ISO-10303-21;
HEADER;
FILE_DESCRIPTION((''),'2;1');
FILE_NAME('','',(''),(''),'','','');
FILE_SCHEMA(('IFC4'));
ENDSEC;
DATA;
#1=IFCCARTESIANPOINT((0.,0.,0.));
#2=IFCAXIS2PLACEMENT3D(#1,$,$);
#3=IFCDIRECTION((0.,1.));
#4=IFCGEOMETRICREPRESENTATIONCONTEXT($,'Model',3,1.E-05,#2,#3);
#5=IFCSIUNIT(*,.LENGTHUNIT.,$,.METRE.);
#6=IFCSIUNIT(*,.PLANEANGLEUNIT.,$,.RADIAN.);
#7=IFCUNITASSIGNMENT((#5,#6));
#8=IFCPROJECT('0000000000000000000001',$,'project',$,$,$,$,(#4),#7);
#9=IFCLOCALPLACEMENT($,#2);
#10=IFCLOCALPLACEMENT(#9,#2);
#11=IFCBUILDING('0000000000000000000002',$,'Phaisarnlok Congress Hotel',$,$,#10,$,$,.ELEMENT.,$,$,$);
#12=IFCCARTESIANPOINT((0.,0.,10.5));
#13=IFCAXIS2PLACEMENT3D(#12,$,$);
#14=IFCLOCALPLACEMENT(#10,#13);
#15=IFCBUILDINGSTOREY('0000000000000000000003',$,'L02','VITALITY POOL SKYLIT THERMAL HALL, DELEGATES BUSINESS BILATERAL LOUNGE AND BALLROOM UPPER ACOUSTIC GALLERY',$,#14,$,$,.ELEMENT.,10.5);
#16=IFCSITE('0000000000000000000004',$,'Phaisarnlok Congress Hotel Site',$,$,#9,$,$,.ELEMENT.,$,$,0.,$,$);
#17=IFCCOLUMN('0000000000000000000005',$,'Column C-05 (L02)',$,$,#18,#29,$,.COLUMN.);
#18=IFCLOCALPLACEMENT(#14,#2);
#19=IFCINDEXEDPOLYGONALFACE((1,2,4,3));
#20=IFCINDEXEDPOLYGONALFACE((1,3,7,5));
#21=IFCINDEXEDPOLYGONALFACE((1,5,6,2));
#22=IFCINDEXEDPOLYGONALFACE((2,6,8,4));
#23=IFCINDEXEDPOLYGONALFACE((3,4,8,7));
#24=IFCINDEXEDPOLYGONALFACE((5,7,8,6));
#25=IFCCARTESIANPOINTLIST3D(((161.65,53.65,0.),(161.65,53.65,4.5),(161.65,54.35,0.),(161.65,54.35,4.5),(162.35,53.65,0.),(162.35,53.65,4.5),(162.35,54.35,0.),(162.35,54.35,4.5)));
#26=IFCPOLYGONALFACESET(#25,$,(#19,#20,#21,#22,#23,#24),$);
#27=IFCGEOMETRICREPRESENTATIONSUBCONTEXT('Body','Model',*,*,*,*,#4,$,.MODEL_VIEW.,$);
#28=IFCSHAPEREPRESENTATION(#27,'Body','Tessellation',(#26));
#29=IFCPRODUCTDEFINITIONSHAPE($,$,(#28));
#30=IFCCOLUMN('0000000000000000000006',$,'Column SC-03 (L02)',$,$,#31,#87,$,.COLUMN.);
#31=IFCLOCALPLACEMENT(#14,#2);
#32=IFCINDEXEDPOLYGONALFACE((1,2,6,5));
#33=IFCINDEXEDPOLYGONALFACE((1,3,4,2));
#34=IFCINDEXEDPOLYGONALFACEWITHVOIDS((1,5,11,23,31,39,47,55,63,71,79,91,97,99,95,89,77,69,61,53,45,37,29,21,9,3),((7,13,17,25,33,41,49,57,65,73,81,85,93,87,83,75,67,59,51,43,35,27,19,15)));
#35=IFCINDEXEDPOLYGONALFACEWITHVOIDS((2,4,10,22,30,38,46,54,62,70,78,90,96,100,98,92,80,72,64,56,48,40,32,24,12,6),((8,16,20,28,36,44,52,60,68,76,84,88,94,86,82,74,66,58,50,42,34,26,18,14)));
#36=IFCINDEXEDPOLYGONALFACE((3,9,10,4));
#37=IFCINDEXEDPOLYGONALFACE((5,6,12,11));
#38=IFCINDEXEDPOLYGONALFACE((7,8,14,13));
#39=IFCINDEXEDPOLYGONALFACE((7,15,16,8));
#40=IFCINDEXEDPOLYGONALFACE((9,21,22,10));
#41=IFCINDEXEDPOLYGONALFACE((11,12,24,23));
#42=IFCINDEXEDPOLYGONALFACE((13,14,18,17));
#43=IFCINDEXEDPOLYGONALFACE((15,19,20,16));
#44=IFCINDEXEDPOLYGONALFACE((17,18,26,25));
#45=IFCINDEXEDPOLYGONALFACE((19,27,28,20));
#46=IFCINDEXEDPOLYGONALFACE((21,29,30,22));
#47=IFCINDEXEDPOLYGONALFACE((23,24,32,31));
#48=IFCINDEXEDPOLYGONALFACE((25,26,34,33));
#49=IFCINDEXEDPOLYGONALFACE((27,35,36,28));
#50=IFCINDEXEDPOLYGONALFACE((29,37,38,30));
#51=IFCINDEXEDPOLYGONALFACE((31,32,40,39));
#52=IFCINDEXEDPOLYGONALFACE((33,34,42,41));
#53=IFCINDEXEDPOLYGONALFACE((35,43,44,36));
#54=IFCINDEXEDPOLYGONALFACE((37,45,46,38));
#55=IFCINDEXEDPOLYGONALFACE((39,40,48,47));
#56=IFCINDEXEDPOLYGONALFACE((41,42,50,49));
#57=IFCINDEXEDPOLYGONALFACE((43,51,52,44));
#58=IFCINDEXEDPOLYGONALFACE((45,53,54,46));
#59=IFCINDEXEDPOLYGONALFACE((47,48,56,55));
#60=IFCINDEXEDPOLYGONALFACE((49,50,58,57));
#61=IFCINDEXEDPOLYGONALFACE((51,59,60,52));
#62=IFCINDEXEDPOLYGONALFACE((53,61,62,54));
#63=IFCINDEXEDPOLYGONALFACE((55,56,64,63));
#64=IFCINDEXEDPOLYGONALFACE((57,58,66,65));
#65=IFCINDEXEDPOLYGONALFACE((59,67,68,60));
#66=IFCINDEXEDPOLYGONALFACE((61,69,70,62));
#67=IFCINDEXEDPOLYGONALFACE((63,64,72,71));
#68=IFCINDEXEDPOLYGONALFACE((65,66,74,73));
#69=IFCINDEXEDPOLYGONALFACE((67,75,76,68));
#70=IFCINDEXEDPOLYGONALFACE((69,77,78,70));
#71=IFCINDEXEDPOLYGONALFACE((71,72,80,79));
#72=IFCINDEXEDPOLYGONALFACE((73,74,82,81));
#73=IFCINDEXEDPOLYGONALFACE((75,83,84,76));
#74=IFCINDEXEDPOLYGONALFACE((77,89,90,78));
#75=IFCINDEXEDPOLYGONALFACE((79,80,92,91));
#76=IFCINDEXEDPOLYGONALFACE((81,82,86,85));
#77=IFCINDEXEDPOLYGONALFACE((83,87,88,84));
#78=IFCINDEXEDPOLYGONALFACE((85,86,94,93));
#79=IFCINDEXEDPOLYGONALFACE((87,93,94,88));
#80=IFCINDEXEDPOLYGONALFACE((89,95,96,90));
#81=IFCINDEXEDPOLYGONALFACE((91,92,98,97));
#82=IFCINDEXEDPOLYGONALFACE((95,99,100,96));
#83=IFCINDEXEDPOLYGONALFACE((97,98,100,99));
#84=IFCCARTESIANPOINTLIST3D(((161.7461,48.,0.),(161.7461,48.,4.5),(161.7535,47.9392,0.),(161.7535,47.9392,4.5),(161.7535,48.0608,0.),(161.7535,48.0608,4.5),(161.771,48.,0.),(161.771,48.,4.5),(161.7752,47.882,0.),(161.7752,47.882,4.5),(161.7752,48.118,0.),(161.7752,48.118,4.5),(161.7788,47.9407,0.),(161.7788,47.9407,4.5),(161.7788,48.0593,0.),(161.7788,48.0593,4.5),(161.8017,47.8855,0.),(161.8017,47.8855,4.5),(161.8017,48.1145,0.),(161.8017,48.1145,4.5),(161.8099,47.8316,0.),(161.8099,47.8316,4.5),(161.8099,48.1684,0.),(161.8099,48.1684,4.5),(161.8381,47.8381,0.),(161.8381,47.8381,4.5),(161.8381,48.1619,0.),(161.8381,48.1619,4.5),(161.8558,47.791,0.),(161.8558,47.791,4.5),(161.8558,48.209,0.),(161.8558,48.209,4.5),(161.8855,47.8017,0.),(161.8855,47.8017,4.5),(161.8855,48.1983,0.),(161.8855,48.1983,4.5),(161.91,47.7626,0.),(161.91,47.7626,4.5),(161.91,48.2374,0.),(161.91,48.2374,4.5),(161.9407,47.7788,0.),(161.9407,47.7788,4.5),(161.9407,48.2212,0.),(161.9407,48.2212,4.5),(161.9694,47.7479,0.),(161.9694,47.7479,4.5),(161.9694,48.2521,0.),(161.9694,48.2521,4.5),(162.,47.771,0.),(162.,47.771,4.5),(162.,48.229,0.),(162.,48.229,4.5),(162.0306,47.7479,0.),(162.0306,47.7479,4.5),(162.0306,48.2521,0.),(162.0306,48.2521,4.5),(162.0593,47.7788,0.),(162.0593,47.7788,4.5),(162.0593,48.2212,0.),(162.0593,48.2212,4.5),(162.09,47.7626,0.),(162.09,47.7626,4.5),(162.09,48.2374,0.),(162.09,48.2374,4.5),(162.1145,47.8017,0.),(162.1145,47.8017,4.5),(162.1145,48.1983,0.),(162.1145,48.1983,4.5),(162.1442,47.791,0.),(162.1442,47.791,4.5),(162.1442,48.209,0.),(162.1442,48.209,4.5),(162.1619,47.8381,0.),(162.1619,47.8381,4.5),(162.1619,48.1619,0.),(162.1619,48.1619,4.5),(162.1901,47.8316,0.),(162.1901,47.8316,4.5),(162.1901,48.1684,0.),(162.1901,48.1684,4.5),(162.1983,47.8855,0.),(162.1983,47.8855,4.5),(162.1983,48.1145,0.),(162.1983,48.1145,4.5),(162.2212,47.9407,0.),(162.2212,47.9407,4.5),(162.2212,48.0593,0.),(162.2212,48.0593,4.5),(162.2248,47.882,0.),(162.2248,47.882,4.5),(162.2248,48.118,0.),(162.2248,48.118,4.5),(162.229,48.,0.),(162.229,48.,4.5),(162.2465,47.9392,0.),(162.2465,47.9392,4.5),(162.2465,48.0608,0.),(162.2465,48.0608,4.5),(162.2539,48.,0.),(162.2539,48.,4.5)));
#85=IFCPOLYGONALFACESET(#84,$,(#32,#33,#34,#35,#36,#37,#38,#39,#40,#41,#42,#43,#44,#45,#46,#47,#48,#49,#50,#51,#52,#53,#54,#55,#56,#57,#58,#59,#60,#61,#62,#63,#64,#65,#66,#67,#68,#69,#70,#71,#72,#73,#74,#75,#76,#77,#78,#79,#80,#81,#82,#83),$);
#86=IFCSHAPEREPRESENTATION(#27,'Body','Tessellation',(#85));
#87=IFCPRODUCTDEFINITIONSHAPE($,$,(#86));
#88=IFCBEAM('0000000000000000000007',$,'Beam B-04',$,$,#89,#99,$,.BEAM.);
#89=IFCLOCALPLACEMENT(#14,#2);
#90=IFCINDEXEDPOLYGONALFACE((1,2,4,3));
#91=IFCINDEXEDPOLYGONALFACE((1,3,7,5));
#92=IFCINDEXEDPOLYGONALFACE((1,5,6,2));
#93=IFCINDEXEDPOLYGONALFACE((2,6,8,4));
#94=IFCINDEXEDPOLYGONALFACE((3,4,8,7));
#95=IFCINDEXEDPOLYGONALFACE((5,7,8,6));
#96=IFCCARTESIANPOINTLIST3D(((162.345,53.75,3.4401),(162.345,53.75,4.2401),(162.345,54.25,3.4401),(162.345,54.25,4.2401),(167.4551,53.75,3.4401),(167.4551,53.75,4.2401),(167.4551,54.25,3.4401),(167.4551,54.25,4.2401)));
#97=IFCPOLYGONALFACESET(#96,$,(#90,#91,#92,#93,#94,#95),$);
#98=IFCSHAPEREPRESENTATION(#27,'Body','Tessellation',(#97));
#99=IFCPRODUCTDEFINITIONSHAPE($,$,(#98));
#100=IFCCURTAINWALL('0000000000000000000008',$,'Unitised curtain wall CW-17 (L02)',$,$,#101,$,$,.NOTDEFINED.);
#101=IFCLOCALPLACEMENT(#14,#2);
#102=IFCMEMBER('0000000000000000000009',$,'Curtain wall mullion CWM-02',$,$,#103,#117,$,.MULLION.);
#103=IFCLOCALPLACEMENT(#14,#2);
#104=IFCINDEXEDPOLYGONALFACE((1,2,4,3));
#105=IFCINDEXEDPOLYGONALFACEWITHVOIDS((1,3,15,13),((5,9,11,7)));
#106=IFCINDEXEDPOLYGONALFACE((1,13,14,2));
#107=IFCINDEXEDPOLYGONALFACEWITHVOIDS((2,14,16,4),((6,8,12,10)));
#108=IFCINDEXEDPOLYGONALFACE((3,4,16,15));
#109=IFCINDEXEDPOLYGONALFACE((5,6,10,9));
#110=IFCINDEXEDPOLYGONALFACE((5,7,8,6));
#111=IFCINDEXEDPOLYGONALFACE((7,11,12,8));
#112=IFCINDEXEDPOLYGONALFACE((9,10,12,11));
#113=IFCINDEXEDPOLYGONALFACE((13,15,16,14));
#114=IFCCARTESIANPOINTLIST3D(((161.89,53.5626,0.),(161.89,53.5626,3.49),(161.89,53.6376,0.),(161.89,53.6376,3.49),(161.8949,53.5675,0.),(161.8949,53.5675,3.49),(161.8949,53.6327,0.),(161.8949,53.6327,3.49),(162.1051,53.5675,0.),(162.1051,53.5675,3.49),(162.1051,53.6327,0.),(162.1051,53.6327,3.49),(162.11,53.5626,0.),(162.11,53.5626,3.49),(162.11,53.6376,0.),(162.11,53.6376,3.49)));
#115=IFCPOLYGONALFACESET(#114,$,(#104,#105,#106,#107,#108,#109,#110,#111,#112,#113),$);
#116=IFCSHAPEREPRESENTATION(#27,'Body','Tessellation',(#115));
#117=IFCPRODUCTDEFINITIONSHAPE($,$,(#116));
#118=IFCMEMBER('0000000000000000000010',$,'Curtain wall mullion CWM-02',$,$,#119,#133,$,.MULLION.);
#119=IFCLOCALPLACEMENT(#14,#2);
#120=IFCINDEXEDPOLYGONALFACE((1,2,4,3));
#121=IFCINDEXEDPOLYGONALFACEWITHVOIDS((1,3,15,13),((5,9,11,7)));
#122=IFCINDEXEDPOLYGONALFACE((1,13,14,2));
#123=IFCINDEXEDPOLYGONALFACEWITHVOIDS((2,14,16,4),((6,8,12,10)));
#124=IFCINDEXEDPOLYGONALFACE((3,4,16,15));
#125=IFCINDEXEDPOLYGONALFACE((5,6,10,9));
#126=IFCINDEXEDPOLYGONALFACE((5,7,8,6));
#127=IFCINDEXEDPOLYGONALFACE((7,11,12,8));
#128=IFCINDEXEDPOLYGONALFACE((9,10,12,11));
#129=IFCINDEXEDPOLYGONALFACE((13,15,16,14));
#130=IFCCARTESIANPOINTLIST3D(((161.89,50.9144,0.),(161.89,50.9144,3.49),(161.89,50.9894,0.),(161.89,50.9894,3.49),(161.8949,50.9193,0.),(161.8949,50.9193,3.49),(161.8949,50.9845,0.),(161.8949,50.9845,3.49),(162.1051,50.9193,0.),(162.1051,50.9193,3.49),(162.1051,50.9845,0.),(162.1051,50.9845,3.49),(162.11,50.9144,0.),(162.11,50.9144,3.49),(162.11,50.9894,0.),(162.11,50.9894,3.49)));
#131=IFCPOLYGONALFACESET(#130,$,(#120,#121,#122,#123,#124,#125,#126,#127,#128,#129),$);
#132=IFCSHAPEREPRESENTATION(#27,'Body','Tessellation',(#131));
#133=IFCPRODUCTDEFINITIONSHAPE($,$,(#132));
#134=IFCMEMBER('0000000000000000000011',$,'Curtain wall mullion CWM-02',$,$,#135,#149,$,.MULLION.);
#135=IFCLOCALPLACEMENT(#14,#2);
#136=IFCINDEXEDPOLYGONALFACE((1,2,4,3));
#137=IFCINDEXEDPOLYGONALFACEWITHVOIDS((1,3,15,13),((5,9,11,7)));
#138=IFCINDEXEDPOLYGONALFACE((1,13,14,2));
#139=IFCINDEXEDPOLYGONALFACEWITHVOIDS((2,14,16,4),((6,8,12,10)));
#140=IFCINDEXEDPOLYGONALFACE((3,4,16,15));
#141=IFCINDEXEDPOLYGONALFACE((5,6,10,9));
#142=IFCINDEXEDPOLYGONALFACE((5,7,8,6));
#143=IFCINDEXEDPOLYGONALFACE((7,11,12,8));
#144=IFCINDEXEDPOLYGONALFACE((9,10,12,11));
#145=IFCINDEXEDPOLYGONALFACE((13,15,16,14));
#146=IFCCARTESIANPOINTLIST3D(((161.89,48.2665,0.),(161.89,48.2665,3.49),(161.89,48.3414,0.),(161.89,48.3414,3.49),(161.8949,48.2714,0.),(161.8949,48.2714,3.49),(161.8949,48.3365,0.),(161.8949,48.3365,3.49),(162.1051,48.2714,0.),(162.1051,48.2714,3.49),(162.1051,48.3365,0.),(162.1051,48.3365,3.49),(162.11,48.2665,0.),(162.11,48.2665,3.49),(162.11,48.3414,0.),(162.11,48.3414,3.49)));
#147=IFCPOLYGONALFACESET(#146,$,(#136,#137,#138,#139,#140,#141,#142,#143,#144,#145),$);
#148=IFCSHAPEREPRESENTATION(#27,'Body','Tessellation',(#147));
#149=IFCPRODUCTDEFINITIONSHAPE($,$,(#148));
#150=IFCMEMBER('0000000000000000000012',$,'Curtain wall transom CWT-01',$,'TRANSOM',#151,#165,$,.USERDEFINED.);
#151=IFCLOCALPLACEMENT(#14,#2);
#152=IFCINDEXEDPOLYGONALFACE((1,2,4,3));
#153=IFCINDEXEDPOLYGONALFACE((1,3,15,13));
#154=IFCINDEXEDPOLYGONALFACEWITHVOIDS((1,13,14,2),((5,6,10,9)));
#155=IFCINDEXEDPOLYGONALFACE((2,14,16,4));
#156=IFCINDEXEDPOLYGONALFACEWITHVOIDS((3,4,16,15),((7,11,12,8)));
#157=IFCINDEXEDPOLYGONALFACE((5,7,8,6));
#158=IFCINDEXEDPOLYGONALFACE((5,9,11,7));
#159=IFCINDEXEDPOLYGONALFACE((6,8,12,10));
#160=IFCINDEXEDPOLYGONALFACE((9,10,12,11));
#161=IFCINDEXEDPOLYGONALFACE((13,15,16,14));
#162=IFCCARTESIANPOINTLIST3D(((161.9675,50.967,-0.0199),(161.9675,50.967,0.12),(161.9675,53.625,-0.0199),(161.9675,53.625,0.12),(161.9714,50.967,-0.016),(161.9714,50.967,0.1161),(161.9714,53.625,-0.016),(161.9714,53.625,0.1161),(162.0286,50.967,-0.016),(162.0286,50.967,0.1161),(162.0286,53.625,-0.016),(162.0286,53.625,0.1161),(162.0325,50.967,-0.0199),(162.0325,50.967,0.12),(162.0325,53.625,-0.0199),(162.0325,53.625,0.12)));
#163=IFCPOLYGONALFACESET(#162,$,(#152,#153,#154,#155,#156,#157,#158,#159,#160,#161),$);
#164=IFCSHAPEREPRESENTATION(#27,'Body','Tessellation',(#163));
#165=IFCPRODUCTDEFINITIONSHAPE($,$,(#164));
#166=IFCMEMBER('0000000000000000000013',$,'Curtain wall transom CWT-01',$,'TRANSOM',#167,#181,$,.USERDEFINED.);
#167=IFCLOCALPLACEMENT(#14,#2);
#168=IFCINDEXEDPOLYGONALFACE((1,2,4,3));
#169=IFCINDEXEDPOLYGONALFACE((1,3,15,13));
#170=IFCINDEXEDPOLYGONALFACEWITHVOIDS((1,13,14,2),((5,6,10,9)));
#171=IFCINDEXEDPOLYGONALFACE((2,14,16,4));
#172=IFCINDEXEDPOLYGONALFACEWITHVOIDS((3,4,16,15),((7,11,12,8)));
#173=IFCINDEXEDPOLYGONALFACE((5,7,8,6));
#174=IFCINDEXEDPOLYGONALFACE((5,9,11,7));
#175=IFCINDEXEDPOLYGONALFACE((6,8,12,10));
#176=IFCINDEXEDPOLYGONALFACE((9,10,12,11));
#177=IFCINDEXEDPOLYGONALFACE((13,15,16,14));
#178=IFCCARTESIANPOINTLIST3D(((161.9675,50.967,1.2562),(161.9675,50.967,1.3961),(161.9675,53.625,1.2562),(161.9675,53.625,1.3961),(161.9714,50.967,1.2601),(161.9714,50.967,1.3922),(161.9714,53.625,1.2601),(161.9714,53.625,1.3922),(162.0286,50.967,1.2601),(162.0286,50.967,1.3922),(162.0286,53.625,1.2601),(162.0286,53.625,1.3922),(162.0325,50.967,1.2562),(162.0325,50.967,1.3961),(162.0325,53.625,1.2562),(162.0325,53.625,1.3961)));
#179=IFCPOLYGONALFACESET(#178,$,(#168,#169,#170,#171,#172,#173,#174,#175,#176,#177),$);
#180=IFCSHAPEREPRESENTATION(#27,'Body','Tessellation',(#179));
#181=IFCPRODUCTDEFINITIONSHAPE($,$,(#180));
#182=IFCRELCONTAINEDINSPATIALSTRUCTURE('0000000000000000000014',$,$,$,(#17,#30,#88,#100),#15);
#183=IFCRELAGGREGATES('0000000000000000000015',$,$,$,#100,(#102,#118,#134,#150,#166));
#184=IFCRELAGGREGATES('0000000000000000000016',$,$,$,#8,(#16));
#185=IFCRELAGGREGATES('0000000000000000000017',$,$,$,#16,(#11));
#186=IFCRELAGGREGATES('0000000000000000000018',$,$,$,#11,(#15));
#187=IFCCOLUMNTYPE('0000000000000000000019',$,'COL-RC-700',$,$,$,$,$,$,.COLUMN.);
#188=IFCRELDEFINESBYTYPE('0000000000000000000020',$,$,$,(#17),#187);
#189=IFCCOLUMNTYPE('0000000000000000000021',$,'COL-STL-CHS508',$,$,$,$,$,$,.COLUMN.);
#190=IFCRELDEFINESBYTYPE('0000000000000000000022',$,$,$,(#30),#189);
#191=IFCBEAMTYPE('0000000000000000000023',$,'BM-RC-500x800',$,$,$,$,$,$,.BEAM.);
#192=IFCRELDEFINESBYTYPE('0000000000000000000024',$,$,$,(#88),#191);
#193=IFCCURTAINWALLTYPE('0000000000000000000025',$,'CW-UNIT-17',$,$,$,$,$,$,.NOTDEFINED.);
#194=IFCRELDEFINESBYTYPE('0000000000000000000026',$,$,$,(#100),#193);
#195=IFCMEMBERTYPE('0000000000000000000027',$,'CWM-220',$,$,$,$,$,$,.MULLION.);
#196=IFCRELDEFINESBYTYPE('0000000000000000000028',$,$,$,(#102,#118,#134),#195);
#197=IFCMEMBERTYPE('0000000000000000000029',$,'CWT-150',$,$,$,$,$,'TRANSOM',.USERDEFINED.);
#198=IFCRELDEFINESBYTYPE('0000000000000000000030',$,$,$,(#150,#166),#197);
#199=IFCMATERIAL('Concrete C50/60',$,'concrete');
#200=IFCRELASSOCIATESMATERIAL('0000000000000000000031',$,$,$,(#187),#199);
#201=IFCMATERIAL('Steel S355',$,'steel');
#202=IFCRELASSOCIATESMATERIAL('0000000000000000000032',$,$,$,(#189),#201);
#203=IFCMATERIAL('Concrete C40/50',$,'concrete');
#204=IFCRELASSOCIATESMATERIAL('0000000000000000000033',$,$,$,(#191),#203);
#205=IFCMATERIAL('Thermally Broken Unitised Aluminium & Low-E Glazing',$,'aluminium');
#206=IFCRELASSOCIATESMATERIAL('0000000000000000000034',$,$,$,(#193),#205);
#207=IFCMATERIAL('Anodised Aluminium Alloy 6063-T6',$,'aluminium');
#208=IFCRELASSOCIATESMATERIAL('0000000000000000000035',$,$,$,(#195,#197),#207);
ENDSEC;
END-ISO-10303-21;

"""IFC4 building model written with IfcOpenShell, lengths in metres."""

from ifc_helpers import new_model, si_unit, direction, frame, origin, origin_2d, place, context, subcontext, project, spatial, rectangle, hollow_rectangle, hollow_circle, extrude, material, material_profile, profile_set, type_object, element, aggregate, save


model = new_model("IFC4")

# Units and contexts
model_context = context("Model", 3, precision=1e-05, world=origin(), true_north=direction((0.0, 1.0)))
body_context = subcontext(model_context, "Body", "Model", "MODEL_VIEW")
ifc_project = project(units=[si_unit("LENGTHUNIT", "METRE"), si_unit("PLANEANGLEUNIT", "RADIAN")], contexts=[model_context])

# Site, building, storey
site_placement = place(None, origin())
site = spatial("IfcSite", under=ifc_project, at=site_placement, Name="Phaisarnlok Congress Hotel Site", CompositionType="ELEMENT", RefElevation=0.0)
building_placement = place(site_placement, origin())
building = spatial("IfcBuilding", under=site, at=building_placement, Name="Phaisarnlok Congress Hotel", CompositionType="ELEMENT")
storey_placement = place(building_placement, frame((0.0, 0.0, 10.5)))
storey = spatial("IfcBuildingStorey", under=building, at=storey_placement, Name="L02", Description="VITALITY POOL SKYLIT THERMAL HALL, DELEGATES BUSINESS BILATERAL LOUNGE AND BALLROOM UPPER ACOUSTIC GALLERY", CompositionType="ELEMENT", Elevation=10.5)

# Columns
ifc_material_1 = material(Name="Concrete C50/60", Category="concrete")
ifc_material_profile_1 = material_profile(ifc_material_1, rectangle(XDim=0.7, YDim=0.7, at=origin_2d()), Name="RC 700x700")
ifc_profile_set_1 = profile_set([ifc_material_profile_1], Name="Concrete C50/60")
column_type_1 = type_object("IfcColumnType", Name="COL-RC-700", PredefinedType="COLUMN", material=ifc_profile_set_1)
column_1_placement = place(storey_placement, frame((162.0, 54.0, 0.0), z_axis=(0.0, 0.0, 1.0), x_axis=(1.0, 0.0, 0.0)))
element("IfcColumn", 1, at=column_1_placement, inside=storey, type_object=column_type_1, Name="Column C-05 (L02)", PredefinedType="COLUMN", context=body_context, shape_type="SweptSolid", body=[
    extrude(rectangle(XDim=0.7, YDim=0.7, at=origin_2d()), origin(), (0.0, 0.0, 1.0), 4.5),
])
ifc_material_2 = material(Name="Steel S355", Category="steel")
ifc_material_profile_2 = material_profile(ifc_material_2, hollow_circle(Radius=0.2539, WallThickness=0.0249, at=origin_2d()), Name="CHS 508x25")
ifc_profile_set_2 = profile_set([ifc_material_profile_2], Name="Steel S355")
column_type_2 = type_object("IfcColumnType", Name="COL-STL-CHS508", PredefinedType="COLUMN", material=ifc_profile_set_2)
column_2_placement = place(storey_placement, frame((162.0, 48.0, 0.0), z_axis=(0.0, 0.0, 1.0), x_axis=(1.0, 0.0, 0.0)))
element("IfcColumn", 2, at=column_2_placement, inside=storey, type_object=column_type_2, Name="Column SC-03 (L02)", PredefinedType="COLUMN", context=body_context, shape_type="SweptSolid", body=[
    extrude(hollow_circle(Radius=0.2539, WallThickness=0.0249, at=origin_2d()), origin(), (0.0, 0.0, 1.0), 4.5),
])

# Beam
ifc_material_3 = material(Name="Concrete C40/50", Category="concrete")
ifc_material_profile_3 = material_profile(ifc_material_3, rectangle(XDim=0.5, YDim=0.8, at=origin_2d()), Name="RC 500x800")
ifc_profile_set_3 = profile_set([ifc_material_profile_3], Name="Concrete C40/50")
beam_type_1 = type_object("IfcBeamType", Name="BM-RC-500x800", PredefinedType="BEAM", material=ifc_profile_set_3)
beam_1_placement = place(storey_placement, frame((162.345, 54.0, 3.8401), z_axis=(1.0, 0.0, 0.0), x_axis=(0.0, 1.0, 0.0)))
element("IfcBeam", 3, at=beam_1_placement, inside=storey, type_object=beam_type_1, Name="Beam B-04", PredefinedType="BEAM", context=body_context, shape_type="SweptSolid", body=[
    extrude(rectangle(XDim=0.5, YDim=0.8, at=origin_2d()), origin(), (0.0, 0.0, 1.0), 5.1101),
])

# Curtain wall, members
ifc_material_4 = material(Name="Thermally Broken Unitised Aluminium & Low-E Glazing", Category="aluminium")
curtain_wall_type = type_object("IfcCurtainWallType", Name="CW-UNIT-17", PredefinedType="NOTDEFINED", material=ifc_material_4)
curtain_wall_placement = place(storey_placement, origin())
curtain_wall = element("IfcCurtainWall", 4, at=curtain_wall_placement, inside=storey, type_object=curtain_wall_type, Name="Unitised curtain wall CW-17 (L02)", PredefinedType="NOTDEFINED")
ifc_material_5 = material(Name="Anodised Aluminium Alloy 6063-T6", Category="aluminium")
ifc_material_profile_4 = material_profile(ifc_material_5, hollow_rectangle(XDim=0.075, YDim=0.22, WallThickness=0.0049, at=origin_2d()), Name="ALU-M 75x220x5")
ifc_profile_set_4 = profile_set([ifc_material_profile_4], Name="Anodised Aluminium Alloy 6063-T6")
member_type_1 = type_object("IfcMemberType", Name="CWM-220", PredefinedType="MULLION", material=ifc_profile_set_4)
member_1_placement = place(storey_placement, frame((162.0, 53.6001, 0.0), z_axis=(0.0, 0.0, 1.0), x_axis=(0.0, -1.0, 0.0)))
member_1 = element("IfcMember", 5, at=member_1_placement, type_object=member_type_1, Name="Curtain wall mullion CWM-02", PredefinedType="MULLION", context=body_context, shape_type="SweptSolid", body=[
    extrude(hollow_rectangle(XDim=0.075, YDim=0.22, WallThickness=0.0049, at=origin_2d()), origin(), (0.0, 0.0, 1.0), 3.49),
])
member_2_placement = place(storey_placement, frame((162.0, 50.9519, 0.0), z_axis=(0.0, 0.0, 1.0), x_axis=(0.0, -1.0, 0.0)))
member_2 = element("IfcMember", 6, at=member_2_placement, type_object=member_type_1, Name="Curtain wall mullion CWM-02", PredefinedType="MULLION", context=body_context, shape_type="SweptSolid", body=[
    extrude(hollow_rectangle(XDim=0.075, YDim=0.22, WallThickness=0.0049, at=origin_2d()), origin(), (0.0, 0.0, 1.0), 3.49),
])
member_3_placement = place(storey_placement, frame((162.0, 48.304, 0.0), z_axis=(0.0, 0.0, 1.0), x_axis=(0.0, -1.0, 0.0)))
member_3 = element("IfcMember", 7, at=member_3_placement, type_object=member_type_1, Name="Curtain wall mullion CWM-02", PredefinedType="MULLION", context=body_context, shape_type="SweptSolid", body=[
    extrude(hollow_rectangle(XDim=0.075, YDim=0.22, WallThickness=0.0049, at=origin_2d()), origin(), (0.0, 0.0, 1.0), 3.49),
])
ifc_material_profile_5 = material_profile(ifc_material_5, hollow_rectangle(XDim=0.0649, YDim=0.1399, WallThickness=0.0039, at=origin_2d()), Name="ALU-T 65x140x4")
ifc_profile_set_5 = profile_set([ifc_material_profile_5], Name="Anodised Aluminium Alloy 6063-T6")
member_type_2 = type_object("IfcMemberType", Name="CWT-150", ElementType="TRANSOM", PredefinedType="USERDEFINED", material=ifc_profile_set_5)
member_4_placement = place(storey_placement, frame((162.0, 53.625, 0.05), z_axis=(0.0, -1.0, 0.0), x_axis=(1.0, 0.0, 0.0)))
member_4 = element("IfcMember", 8, at=member_4_placement, type_object=member_type_2, Name="Curtain wall transom CWT-01", ObjectType="TRANSOM", PredefinedType="USERDEFINED", context=body_context, shape_type="SweptSolid", body=[
    extrude(hollow_rectangle(XDim=0.0649, YDim=0.1399, WallThickness=0.0039, at=origin_2d()), origin(), (0.0, 0.0, 1.0), 2.658),
])
member_5_placement = place(storey_placement, frame((162.0, 53.625, 1.3262), z_axis=(0.0, -1.0, 0.0), x_axis=(1.0, 0.0, 0.0)))
member_5 = element("IfcMember", 9, at=member_5_placement, type_object=member_type_2, Name="Curtain wall transom CWT-01", ObjectType="TRANSOM", PredefinedType="USERDEFINED", context=body_context, shape_type="SweptSolid", body=[
    extrude(hollow_rectangle(XDim=0.0649, YDim=0.1399, WallThickness=0.0039, at=origin_2d()), origin(), (0.0, 0.0, 1.0), 2.658),
])

aggregate(curtain_wall, [member_1, member_2, member_3, member_4, member_5])

save(model, "model.ifc")
